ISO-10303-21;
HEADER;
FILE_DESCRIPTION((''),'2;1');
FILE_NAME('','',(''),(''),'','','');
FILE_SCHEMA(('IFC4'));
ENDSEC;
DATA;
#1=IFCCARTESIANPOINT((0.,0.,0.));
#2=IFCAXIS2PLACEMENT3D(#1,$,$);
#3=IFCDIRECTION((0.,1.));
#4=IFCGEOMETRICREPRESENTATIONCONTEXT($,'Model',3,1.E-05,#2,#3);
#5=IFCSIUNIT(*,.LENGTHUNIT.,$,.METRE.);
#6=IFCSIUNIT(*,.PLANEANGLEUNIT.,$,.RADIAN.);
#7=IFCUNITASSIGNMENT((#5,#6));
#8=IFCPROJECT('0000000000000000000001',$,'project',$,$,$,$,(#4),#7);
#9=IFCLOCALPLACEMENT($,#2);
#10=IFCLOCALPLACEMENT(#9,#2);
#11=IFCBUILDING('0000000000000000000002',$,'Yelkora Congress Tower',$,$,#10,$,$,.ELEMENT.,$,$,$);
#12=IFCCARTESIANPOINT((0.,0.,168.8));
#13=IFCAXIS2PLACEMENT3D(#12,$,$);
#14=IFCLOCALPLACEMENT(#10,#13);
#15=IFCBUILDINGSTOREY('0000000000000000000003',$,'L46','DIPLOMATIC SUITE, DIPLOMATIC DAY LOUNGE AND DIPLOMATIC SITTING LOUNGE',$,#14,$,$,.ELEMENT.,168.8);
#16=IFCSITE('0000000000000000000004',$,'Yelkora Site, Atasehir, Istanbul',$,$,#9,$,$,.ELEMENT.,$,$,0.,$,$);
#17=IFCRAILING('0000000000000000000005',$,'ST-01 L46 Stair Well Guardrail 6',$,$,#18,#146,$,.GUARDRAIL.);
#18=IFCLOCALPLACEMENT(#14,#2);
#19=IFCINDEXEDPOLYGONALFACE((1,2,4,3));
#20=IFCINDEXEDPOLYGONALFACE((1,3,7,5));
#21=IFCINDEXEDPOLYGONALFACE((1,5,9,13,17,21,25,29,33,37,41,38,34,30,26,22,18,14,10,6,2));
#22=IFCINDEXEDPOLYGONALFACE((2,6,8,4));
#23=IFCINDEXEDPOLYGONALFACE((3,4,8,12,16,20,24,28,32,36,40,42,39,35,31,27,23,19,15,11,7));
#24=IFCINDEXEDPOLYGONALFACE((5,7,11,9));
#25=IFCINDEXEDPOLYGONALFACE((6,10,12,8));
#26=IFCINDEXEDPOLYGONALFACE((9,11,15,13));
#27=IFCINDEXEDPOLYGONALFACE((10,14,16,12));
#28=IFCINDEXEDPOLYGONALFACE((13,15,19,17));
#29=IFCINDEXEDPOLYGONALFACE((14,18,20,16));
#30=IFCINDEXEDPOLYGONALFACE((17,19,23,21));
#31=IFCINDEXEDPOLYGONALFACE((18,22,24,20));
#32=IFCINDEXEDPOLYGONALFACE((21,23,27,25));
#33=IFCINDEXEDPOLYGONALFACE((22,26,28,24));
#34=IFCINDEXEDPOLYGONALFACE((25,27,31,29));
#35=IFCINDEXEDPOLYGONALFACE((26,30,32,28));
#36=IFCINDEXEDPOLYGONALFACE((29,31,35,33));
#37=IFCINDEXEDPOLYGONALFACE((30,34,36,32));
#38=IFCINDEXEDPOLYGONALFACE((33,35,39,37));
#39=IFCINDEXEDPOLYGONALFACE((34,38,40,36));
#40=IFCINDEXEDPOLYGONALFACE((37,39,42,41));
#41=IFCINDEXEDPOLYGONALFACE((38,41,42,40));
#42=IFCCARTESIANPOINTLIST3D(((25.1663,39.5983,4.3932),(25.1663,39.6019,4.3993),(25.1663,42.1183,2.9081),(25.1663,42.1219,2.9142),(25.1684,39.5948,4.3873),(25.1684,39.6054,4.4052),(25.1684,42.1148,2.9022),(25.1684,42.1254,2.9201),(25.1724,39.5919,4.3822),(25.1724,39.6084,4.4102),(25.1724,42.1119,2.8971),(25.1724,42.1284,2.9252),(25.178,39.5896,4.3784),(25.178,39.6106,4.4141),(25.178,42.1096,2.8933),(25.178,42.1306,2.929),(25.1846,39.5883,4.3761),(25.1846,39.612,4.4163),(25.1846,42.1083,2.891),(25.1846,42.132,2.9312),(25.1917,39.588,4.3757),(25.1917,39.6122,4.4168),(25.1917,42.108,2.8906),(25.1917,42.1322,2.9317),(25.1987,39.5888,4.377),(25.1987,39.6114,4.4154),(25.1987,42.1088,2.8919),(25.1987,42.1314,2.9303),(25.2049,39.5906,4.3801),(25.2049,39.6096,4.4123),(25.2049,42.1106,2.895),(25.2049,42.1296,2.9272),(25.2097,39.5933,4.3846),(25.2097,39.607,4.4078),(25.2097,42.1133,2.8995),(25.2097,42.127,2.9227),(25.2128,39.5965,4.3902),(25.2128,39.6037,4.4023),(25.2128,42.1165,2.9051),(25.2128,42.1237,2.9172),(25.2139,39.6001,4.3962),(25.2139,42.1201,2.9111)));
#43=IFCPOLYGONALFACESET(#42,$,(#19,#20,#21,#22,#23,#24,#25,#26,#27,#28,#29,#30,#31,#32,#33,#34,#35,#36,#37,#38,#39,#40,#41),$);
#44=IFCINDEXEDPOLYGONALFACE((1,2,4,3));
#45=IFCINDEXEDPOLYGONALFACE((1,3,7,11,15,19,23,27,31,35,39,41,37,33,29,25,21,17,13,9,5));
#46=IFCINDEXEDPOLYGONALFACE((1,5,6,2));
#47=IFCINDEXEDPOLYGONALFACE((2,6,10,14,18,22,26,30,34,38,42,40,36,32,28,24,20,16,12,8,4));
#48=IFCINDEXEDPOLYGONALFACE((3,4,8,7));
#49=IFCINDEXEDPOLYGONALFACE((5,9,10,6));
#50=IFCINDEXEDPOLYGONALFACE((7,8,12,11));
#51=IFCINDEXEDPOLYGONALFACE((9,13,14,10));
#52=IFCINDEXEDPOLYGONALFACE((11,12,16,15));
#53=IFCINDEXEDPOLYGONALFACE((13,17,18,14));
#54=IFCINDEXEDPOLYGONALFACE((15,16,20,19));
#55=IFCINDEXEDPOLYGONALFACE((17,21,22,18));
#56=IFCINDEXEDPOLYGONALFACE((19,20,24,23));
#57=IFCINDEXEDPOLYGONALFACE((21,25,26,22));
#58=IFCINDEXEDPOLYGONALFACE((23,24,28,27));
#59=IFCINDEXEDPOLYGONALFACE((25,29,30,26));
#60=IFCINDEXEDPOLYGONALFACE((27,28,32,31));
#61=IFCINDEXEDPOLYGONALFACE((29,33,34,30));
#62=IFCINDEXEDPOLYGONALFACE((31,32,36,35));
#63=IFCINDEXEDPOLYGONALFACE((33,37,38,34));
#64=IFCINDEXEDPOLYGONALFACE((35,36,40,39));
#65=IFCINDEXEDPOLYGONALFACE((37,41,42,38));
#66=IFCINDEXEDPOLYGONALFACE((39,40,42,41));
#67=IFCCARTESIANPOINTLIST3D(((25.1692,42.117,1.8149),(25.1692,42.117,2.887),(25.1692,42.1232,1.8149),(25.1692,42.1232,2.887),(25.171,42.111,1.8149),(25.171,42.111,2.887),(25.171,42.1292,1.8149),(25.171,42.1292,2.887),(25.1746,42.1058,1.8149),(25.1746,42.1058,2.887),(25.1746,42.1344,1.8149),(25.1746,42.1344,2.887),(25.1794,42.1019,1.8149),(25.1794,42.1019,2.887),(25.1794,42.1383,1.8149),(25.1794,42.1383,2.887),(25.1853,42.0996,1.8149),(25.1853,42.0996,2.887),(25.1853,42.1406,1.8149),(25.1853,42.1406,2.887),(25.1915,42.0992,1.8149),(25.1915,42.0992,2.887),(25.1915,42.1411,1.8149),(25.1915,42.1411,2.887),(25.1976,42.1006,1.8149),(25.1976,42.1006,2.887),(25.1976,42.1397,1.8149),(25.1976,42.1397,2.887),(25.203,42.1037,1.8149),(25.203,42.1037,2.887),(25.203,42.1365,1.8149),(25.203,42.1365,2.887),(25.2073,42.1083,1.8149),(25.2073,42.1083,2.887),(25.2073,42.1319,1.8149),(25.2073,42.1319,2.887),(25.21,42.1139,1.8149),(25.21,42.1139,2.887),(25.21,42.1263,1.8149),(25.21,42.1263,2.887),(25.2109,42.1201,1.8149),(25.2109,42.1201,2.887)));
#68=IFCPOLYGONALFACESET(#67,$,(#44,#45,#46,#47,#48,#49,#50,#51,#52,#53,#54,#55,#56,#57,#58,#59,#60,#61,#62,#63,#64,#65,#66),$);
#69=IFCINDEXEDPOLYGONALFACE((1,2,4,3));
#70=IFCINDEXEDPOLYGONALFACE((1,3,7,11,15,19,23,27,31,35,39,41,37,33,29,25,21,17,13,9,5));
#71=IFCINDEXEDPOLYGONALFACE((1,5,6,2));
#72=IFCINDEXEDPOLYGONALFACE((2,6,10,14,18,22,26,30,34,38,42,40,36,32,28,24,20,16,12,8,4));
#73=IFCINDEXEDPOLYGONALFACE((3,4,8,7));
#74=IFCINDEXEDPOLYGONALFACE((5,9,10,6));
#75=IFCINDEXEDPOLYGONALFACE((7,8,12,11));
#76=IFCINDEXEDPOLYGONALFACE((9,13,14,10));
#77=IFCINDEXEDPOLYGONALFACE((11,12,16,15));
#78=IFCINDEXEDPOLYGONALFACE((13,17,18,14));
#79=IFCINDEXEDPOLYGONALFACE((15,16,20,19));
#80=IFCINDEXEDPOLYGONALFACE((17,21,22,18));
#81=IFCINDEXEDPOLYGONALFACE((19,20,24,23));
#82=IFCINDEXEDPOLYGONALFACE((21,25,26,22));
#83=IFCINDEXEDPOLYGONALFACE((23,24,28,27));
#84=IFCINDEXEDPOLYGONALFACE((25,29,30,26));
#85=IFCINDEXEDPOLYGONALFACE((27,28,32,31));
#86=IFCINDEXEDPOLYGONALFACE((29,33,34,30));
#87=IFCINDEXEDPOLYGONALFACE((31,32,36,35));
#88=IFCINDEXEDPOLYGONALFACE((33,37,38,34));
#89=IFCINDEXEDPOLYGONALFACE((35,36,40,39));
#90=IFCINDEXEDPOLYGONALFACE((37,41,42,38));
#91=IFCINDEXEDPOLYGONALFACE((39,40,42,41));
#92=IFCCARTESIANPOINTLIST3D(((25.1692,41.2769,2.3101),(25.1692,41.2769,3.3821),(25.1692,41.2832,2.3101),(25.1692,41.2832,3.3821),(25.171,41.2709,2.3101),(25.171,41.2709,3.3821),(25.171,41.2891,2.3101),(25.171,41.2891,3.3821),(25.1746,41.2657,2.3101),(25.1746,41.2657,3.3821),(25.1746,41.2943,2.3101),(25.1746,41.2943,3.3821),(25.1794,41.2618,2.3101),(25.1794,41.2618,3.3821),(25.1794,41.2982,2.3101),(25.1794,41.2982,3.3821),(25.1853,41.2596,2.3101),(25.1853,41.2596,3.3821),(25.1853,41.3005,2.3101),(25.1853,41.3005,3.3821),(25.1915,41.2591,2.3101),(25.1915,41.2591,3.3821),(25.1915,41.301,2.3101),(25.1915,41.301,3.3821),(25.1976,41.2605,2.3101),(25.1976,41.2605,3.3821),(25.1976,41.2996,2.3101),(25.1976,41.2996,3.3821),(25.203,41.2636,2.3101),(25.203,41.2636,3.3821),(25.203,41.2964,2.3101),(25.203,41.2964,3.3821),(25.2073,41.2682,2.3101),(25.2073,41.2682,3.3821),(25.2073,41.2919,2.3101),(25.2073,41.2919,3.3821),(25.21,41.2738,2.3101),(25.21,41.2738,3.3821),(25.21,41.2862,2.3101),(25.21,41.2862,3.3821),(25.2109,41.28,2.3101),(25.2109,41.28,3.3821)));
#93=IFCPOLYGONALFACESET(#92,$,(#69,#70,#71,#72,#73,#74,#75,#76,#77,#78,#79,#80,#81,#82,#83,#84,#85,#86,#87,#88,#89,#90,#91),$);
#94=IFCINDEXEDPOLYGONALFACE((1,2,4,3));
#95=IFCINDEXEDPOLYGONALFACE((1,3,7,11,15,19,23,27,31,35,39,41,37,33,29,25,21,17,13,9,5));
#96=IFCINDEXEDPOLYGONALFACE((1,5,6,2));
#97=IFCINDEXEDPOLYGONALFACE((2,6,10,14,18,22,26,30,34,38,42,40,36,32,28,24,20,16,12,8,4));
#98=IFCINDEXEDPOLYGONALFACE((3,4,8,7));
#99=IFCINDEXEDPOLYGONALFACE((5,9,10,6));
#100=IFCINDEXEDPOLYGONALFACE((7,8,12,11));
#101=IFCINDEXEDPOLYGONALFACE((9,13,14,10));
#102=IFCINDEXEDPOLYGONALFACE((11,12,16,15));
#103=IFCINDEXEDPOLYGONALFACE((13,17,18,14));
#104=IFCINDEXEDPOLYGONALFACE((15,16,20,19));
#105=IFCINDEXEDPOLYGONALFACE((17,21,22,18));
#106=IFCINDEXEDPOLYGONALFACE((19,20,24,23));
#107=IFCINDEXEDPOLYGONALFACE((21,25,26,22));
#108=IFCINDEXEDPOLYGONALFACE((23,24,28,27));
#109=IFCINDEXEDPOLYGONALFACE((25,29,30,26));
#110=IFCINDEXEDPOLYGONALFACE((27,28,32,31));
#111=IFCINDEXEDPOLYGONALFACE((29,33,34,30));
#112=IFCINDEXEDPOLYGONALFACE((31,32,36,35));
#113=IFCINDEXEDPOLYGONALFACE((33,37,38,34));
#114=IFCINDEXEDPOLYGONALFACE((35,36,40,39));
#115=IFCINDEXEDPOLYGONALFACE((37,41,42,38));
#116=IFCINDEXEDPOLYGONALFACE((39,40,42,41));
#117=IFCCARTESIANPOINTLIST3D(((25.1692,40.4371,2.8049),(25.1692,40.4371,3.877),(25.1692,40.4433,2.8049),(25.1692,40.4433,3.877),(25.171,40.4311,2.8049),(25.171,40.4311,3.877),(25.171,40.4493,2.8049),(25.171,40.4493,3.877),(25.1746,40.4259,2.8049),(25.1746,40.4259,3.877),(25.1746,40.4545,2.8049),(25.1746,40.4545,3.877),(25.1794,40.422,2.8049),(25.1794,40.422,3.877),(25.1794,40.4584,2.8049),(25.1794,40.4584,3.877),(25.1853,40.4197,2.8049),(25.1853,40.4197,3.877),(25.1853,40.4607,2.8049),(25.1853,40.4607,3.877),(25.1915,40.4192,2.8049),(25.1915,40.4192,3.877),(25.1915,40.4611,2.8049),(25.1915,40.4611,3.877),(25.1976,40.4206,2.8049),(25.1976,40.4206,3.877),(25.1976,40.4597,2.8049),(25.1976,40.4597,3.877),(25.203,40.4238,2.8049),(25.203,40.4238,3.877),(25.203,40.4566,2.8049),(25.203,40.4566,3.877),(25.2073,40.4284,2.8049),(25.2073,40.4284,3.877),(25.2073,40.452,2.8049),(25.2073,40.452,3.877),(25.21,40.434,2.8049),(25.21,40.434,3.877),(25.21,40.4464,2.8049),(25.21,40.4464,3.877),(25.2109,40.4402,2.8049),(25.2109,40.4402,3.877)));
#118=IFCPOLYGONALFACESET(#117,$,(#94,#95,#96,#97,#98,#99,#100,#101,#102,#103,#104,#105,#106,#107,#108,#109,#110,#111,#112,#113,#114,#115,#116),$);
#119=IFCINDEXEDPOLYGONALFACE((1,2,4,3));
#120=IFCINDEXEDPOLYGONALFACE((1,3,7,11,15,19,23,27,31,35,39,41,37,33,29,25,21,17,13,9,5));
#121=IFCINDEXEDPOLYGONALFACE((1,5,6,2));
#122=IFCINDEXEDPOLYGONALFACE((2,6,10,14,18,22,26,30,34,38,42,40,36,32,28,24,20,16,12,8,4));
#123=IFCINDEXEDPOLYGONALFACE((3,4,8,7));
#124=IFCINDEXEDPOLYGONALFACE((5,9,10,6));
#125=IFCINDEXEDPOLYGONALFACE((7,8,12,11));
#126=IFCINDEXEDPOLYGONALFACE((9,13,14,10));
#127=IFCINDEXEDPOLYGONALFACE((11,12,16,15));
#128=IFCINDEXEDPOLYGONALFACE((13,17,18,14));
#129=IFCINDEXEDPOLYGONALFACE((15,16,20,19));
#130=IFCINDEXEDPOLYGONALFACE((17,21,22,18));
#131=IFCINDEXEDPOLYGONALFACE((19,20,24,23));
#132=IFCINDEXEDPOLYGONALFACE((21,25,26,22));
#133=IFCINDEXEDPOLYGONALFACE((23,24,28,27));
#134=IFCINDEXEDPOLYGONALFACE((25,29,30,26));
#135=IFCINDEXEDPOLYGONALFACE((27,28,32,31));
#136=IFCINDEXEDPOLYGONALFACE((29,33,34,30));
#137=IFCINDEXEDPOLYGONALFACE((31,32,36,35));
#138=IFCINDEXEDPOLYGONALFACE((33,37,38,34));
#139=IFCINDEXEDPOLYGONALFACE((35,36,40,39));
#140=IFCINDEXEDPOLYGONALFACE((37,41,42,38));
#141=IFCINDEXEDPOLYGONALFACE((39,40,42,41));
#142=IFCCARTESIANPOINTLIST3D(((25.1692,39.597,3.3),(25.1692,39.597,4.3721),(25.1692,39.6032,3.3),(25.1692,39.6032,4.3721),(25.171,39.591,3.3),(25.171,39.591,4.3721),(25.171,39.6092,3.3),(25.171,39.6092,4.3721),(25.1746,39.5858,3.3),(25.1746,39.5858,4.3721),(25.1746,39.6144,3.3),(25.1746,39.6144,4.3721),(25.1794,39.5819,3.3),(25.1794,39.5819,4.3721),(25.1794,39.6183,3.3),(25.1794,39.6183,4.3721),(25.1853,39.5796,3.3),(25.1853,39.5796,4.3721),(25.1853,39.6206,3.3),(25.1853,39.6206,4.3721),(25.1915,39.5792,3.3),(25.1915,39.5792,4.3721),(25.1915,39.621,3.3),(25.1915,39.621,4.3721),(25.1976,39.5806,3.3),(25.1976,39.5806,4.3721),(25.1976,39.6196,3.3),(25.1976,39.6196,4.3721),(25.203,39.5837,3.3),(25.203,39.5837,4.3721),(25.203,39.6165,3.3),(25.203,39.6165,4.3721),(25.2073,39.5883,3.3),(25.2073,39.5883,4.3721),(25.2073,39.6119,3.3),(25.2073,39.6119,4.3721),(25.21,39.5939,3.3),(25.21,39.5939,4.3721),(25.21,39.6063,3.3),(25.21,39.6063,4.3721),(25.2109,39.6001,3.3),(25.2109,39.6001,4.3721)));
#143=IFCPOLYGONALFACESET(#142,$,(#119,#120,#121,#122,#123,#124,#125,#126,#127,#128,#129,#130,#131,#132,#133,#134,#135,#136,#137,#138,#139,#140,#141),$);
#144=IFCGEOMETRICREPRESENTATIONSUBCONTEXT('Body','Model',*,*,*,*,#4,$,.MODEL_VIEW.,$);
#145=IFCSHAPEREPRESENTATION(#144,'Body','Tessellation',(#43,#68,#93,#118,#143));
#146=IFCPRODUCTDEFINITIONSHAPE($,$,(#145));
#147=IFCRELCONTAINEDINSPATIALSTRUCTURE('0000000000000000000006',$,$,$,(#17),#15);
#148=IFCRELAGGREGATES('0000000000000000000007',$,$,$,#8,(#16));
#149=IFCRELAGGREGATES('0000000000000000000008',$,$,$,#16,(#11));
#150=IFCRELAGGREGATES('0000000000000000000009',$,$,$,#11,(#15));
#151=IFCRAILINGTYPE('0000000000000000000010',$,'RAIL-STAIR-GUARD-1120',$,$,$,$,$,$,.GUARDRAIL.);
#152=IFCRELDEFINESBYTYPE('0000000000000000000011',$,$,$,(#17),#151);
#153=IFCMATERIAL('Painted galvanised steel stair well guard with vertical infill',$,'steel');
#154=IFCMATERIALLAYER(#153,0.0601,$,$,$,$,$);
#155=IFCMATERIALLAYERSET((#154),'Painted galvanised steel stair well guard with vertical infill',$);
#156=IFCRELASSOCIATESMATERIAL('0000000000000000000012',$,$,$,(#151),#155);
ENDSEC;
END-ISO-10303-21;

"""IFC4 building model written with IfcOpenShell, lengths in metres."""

from ifc_helpers import new_model, si_unit, direction, frame, origin, origin_2d, place, context, subcontext, project, spatial, circle, extrude, material, layer, layer_set, type_object, element, save


model = new_model("IFC4")

# Units and contexts
model_context = context("Model", 3, precision=1e-05, world=origin(), true_north=direction((0.0, 1.0)))
body_context = subcontext(model_context, "Body", "Model", "MODEL_VIEW")
ifc_project = project(units=[si_unit("LENGTHUNIT", "METRE"), si_unit("PLANEANGLEUNIT", "RADIAN")], contexts=[model_context])

# Site, building, storey
site_placement = place(None, origin())
site = spatial("IfcSite", under=ifc_project, at=site_placement, Name="Yelkora Site, Atasehir, Istanbul", CompositionType="ELEMENT", RefElevation=0.0)
building_placement = place(site_placement, origin())
building = spatial("IfcBuilding", under=site, at=building_placement, Name="Yelkora Congress Tower", CompositionType="ELEMENT")
storey_placement = place(building_placement, frame((0.0, 0.0, 168.8)))
storey = spatial("IfcBuildingStorey", under=building, at=storey_placement, Name="L46", Description="DIPLOMATIC SUITE, DIPLOMATIC DAY LOUNGE AND DIPLOMATIC SITTING LOUNGE", CompositionType="ELEMENT", Elevation=168.8)

# Railing
ifc_material_1 = material(Name="Painted galvanised steel stair well guard with vertical infill", Category="steel")
ifc_layer_1 = layer(ifc_material_1, 0.0601)
ifc_layer_set_1 = layer_set([ifc_layer_1], Name="Painted galvanised steel stair well guard with vertical infill")
railing_type = type_object("IfcRailingType", Name="RAIL-STAIR-GUARD-1120", PredefinedType="GUARDRAIL", material=ifc_layer_set_1)
railing_1_placement = place(storey_placement, frame((25.1899, 42.1201, 1.8149)))
element("IfcRailing", 1, at=railing_1_placement, inside=storey, type_object=railing_type, Name="ST-01 L46 Stair Well Guardrail 6", PredefinedType="GUARDRAIL", context=body_context, shape_type="SweptSolid", body=[
    extrude(circle(Radius=0.0239, at=origin_2d()), frame((0.0, 0.0, 1.0962), z_axis=(0.0, -0.861524, 0.507717), x_axis=(1.0, 0.0, 0.0)), (0.0, 0.0, 1.0), 2.925),
    extrude(circle(Radius=0.021, at=origin_2d()), origin(), (0.0, 0.0, 1.0), 1.072),
    extrude(circle(Radius=0.021, at=origin_2d()), frame((0.0, -0.8401, 0.4951)), (0.0, 0.0, 1.0), 1.072),
    extrude(circle(Radius=0.021, at=origin_2d()), frame((0.0, -1.6799, 0.99)), (0.0, 0.0, 1.0), 1.072),
    extrude(circle(Radius=0.021, at=origin_2d()), frame((0.0, -2.52, 1.4851)), (0.0, 0.0, 1.0), 1.072),
])

save(model, "model.ifc")
